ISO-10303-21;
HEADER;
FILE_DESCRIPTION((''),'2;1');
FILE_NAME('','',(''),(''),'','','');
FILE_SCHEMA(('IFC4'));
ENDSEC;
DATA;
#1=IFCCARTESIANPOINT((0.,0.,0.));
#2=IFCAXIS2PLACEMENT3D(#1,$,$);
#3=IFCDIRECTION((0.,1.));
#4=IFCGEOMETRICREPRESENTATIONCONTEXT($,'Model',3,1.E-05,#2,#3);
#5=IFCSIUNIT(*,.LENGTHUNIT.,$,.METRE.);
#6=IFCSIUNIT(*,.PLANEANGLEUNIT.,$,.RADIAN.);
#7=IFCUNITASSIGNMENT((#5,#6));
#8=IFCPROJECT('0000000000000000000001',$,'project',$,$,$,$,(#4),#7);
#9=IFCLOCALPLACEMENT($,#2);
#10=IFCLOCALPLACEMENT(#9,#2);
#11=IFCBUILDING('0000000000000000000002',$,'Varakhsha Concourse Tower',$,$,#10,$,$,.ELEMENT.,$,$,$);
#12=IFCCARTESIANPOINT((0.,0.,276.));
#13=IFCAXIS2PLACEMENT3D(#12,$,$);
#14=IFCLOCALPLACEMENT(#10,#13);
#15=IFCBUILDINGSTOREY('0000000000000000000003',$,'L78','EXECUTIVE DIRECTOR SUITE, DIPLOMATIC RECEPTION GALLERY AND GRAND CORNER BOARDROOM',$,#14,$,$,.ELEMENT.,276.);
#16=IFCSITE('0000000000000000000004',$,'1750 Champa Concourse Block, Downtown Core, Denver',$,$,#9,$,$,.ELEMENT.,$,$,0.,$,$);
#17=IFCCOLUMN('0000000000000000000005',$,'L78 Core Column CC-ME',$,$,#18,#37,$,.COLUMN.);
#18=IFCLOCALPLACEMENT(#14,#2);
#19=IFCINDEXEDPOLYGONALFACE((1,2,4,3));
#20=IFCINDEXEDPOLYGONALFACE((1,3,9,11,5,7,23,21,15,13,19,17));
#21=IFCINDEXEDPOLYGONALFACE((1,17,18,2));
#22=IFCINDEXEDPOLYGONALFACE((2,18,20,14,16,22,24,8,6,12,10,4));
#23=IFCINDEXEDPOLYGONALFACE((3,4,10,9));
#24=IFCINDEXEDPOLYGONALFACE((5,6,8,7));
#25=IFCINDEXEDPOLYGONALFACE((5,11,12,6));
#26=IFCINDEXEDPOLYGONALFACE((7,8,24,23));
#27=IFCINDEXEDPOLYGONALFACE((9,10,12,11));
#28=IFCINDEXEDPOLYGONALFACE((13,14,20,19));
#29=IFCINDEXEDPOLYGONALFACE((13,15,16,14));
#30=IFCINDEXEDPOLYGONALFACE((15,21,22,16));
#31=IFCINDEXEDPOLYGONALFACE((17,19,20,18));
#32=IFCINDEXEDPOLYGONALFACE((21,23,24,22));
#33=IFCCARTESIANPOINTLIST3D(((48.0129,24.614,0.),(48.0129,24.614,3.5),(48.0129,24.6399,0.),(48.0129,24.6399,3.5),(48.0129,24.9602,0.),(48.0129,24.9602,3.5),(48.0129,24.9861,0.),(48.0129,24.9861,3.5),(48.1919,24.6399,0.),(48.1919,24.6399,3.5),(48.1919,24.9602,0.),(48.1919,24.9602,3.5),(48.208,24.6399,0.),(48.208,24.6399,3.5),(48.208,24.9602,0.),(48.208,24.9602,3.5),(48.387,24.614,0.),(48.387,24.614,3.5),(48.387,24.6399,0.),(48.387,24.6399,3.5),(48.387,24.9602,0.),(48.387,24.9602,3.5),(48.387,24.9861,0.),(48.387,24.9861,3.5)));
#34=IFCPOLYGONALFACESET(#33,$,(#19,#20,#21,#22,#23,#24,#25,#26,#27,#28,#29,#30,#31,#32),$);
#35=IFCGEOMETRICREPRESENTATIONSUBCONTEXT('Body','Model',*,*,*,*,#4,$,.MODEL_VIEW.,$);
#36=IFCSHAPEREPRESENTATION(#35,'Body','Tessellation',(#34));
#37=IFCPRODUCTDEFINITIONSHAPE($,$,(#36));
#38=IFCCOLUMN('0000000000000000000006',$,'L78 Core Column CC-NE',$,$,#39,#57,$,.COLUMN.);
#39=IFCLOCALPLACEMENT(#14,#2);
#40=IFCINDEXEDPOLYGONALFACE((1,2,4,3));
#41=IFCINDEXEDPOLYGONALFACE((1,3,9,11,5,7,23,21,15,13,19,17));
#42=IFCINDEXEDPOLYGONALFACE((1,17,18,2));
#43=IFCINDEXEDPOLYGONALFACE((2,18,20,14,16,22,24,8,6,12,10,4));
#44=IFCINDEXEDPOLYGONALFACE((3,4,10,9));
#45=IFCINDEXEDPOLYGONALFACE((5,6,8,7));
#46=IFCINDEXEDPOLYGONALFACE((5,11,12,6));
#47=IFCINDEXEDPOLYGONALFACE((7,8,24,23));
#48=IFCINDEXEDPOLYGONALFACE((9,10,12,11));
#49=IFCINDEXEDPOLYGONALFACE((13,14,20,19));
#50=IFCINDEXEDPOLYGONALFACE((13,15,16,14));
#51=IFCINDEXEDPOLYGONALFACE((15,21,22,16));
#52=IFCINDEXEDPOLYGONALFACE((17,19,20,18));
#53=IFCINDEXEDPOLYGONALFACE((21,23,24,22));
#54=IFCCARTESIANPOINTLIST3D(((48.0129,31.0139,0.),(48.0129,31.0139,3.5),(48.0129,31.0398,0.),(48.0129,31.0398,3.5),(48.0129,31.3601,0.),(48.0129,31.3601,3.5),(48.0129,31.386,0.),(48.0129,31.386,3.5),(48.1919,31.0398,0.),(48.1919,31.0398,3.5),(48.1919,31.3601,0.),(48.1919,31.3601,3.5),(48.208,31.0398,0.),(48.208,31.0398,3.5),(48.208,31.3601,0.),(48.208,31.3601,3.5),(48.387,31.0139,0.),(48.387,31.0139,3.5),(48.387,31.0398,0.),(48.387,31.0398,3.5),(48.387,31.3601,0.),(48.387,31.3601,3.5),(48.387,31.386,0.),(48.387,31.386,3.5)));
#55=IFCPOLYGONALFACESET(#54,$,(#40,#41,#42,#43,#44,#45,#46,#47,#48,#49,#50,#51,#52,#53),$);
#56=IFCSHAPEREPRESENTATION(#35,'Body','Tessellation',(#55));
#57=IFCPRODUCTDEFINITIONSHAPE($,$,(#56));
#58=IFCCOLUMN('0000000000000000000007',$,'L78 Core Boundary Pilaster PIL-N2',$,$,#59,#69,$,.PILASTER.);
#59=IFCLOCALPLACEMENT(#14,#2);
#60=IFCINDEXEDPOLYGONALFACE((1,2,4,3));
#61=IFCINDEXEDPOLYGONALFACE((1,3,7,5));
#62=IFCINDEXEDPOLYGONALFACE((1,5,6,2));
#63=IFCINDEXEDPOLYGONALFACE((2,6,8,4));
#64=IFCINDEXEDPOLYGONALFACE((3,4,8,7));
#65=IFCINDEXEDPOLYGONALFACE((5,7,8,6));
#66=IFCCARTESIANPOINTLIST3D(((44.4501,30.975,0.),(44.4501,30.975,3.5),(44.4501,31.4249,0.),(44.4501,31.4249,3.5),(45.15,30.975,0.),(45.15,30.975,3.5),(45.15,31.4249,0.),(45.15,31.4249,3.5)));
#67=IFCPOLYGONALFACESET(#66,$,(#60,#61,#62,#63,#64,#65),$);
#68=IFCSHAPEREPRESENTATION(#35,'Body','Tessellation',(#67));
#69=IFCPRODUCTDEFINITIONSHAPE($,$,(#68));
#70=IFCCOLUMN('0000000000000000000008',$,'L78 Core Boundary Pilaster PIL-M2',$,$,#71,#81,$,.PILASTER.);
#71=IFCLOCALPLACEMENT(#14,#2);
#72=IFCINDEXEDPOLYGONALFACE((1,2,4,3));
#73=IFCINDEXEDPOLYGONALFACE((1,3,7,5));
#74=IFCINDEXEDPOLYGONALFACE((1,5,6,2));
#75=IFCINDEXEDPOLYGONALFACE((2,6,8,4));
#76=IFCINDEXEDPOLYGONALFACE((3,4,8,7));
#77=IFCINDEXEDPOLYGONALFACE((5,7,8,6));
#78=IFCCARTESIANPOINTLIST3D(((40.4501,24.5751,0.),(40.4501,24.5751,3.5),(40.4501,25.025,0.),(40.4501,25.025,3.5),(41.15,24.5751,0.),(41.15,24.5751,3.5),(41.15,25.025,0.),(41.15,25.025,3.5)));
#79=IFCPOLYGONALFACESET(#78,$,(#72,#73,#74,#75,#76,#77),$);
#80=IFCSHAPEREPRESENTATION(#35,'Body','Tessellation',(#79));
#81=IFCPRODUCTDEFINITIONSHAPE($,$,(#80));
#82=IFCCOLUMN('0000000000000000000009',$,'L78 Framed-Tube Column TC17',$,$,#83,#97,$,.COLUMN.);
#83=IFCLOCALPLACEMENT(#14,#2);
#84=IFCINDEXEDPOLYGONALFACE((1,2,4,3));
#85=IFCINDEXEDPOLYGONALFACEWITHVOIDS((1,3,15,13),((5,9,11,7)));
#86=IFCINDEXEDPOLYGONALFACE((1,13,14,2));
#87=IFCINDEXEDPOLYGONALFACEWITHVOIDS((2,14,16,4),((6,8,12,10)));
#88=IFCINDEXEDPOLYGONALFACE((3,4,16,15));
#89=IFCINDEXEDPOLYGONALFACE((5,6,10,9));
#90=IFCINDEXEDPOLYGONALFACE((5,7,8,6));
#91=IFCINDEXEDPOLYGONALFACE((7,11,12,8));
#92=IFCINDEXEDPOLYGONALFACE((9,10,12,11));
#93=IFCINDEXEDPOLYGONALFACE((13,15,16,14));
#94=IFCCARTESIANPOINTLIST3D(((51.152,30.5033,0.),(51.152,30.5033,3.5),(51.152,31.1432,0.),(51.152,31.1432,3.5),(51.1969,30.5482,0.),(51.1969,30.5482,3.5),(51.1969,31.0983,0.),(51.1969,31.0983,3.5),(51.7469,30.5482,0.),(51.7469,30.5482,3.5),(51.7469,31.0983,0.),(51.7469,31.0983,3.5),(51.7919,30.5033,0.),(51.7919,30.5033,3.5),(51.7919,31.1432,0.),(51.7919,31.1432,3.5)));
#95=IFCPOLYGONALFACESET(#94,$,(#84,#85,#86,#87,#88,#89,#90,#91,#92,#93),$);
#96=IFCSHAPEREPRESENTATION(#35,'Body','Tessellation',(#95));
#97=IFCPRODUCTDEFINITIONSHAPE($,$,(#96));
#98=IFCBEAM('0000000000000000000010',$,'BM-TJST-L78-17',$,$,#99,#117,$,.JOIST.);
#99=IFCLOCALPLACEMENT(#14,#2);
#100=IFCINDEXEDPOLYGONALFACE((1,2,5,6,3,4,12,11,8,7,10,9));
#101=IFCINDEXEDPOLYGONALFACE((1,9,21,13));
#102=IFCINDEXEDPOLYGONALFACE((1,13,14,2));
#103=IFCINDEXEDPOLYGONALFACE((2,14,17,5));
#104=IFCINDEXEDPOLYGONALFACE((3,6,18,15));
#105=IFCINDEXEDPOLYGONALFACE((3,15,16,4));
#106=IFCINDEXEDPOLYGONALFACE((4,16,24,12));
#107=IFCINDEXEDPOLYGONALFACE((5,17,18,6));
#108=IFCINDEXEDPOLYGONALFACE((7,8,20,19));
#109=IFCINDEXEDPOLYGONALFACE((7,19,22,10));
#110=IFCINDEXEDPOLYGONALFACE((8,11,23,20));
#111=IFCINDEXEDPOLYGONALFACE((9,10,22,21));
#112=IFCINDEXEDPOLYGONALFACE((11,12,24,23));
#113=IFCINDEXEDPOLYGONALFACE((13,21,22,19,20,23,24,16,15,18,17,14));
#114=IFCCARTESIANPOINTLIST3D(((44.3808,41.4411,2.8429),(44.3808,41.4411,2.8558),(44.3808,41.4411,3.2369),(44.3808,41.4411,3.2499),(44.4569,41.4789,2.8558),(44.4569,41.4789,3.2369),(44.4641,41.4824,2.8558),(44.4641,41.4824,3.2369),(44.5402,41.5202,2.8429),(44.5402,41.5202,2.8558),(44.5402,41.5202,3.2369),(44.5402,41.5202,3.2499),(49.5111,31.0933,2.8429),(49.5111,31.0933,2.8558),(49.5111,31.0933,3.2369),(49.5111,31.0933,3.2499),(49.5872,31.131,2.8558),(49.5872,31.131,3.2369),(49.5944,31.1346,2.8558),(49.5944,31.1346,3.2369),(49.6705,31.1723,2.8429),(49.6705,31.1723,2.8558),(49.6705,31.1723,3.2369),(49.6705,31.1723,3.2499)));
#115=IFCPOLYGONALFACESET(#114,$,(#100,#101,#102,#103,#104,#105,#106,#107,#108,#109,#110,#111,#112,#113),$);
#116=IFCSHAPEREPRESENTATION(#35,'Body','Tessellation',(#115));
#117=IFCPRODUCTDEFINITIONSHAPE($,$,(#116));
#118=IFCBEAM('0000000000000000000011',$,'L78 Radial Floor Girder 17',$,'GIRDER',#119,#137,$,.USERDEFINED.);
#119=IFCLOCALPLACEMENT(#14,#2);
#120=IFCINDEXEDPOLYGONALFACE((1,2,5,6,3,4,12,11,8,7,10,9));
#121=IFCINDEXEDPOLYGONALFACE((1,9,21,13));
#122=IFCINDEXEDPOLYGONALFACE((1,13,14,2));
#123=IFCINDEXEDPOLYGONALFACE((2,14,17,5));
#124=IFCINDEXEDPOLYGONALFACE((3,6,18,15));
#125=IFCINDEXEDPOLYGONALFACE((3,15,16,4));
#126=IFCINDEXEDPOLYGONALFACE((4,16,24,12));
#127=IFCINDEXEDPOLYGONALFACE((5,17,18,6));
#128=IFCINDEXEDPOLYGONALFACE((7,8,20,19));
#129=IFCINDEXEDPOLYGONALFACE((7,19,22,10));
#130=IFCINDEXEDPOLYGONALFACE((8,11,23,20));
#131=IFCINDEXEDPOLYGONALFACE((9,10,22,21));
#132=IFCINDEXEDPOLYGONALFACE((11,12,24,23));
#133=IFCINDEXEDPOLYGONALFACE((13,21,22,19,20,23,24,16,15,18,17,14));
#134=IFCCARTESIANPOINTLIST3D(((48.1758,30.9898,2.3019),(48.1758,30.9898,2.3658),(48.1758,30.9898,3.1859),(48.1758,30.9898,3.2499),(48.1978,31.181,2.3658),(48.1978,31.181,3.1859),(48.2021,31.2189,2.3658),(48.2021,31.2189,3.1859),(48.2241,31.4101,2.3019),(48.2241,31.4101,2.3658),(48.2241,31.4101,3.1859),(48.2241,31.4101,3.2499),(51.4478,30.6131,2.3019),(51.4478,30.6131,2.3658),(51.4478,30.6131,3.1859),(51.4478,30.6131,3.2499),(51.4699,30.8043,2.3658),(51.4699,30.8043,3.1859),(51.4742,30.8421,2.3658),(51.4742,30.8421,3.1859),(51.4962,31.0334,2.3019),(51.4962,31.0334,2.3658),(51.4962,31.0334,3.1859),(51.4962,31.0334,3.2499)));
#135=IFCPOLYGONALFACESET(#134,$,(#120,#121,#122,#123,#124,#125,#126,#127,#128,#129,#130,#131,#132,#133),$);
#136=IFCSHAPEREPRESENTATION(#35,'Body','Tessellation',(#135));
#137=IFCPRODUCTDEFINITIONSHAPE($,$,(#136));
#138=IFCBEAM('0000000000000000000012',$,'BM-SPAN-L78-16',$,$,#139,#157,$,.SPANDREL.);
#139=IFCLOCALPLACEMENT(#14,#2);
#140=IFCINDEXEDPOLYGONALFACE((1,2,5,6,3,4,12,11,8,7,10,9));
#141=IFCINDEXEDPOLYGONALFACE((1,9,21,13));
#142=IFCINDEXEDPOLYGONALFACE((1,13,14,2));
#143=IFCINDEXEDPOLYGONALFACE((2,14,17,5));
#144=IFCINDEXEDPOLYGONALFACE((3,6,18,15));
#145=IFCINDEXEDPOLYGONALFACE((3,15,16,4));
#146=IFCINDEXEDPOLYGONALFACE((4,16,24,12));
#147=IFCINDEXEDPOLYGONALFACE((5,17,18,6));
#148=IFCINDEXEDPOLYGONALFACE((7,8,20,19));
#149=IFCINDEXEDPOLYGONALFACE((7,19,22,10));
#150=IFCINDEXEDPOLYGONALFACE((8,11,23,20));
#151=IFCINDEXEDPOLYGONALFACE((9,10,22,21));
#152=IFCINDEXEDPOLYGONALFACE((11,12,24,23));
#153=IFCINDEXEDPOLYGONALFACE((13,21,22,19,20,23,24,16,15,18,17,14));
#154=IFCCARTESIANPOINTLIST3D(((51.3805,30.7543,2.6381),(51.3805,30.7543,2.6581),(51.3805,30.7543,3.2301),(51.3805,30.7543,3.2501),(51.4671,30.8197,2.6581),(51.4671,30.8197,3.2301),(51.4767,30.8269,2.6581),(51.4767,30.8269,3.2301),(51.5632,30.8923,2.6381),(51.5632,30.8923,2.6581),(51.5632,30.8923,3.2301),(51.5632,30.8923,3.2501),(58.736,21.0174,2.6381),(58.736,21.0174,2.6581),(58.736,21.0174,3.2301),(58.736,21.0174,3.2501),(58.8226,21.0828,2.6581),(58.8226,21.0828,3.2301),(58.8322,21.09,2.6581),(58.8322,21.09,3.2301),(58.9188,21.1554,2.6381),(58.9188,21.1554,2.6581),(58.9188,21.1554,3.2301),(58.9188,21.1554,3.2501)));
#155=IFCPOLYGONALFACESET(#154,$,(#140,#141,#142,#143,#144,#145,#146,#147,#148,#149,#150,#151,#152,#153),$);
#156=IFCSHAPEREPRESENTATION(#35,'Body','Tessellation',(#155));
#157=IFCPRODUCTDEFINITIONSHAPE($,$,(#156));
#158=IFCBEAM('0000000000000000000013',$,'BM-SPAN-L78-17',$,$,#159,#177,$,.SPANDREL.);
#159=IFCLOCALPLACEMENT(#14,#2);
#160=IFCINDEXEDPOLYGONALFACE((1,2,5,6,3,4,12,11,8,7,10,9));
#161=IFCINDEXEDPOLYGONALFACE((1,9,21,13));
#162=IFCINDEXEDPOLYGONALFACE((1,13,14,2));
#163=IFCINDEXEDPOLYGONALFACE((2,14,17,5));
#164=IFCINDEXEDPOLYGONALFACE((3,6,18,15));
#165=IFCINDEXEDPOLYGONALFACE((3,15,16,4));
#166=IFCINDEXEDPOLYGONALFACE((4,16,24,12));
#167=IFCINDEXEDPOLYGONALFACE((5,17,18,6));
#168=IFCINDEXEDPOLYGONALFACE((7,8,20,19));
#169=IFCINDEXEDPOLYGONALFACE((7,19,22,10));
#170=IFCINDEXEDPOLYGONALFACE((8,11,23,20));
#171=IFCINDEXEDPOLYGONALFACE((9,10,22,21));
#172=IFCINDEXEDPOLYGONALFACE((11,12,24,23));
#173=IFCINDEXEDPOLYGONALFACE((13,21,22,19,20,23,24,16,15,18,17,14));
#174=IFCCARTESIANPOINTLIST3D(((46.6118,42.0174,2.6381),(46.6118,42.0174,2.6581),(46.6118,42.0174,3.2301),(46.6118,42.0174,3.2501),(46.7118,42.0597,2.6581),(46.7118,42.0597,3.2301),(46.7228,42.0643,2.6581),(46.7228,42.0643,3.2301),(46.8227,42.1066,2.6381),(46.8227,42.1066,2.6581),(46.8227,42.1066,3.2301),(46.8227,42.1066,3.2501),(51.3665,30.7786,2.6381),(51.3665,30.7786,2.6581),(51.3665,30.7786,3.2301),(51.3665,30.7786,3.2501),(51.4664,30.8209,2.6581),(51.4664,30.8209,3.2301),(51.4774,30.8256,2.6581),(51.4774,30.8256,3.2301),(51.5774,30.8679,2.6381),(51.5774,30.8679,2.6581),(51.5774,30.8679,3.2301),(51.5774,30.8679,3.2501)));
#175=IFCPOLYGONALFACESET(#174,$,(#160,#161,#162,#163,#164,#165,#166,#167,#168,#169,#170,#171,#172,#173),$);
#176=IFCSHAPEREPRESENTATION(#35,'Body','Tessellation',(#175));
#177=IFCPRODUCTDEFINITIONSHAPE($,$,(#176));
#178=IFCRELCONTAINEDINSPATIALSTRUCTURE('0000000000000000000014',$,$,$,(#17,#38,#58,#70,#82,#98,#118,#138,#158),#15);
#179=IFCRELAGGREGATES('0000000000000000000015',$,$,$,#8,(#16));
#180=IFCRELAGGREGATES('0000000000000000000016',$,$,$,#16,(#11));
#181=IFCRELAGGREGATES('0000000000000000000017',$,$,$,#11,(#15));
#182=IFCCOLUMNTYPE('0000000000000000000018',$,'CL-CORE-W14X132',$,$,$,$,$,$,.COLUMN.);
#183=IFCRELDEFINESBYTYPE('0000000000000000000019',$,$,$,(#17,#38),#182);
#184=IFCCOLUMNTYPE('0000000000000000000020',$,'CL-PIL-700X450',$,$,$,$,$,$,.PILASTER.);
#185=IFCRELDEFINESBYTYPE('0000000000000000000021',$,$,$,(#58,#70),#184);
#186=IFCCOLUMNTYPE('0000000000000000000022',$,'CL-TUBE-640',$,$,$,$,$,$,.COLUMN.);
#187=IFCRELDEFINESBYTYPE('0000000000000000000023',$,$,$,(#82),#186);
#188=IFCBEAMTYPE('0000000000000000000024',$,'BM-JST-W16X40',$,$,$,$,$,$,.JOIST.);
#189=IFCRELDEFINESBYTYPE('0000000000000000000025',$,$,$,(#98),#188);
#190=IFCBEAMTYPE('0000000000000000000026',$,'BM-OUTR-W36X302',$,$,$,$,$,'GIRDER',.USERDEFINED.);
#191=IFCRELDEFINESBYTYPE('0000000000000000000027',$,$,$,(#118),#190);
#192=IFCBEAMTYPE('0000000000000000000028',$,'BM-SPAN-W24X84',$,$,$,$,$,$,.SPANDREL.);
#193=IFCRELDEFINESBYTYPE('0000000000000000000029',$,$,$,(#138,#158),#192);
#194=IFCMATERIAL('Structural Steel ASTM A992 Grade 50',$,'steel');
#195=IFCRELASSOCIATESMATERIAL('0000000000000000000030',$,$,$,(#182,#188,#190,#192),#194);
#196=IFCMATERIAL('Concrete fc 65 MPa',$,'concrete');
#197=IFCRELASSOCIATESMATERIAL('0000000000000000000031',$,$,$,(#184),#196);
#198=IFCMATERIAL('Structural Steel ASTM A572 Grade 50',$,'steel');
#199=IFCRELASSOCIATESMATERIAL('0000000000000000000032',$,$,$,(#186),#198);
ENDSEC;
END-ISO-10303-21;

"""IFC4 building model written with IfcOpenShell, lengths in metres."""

from ifc_helpers import new_model, si_unit, direction, frame, origin, origin_2d, place, context, subcontext, project, spatial, rectangle, hollow_rectangle, i_section, extrude, material, material_profile, profile_set, type_object, element, save


model = new_model("IFC4")

# Units and contexts
model_context = context("Model", 3, precision=1e-05, world=origin(), true_north=direction((0.0, 1.0)))
body_context = subcontext(model_context, "Body", "Model", "MODEL_VIEW")
ifc_project = project(units=[si_unit("LENGTHUNIT", "METRE"), si_unit("PLANEANGLEUNIT", "RADIAN")], contexts=[model_context])

# Site, building, storey
site_placement = place(None, origin())
site = spatial("IfcSite", under=ifc_project, at=site_placement, Name="1750 Champa Concourse Block, Downtown Core, Denver", CompositionType="ELEMENT", RefElevation=0.0)
building_placement = place(site_placement, origin())
building = spatial("IfcBuilding", under=site, at=building_placement, Name="Varakhsha Concourse Tower", CompositionType="ELEMENT")
storey_placement = place(building_placement, frame((0.0, 0.0, 276.0)))
storey = spatial("IfcBuildingStorey", under=building, at=storey_placement, Name="L78", Description="EXECUTIVE DIRECTOR SUITE, DIPLOMATIC RECEPTION GALLERY AND GRAND CORNER BOARDROOM", CompositionType="ELEMENT", Elevation=276.0)

# Columns
ifc_material_1 = material(Name="Structural Steel ASTM A992 Grade 50", Category="steel")
ifc_material_profile_1 = material_profile(ifc_material_1, i_section(OverallWidth=0.374, OverallDepth=0.3721, WebThickness=0.0161, FlangeThickness=0.0259, at=origin_2d()), Name="W14X132")
ifc_profile_set_1 = profile_set([ifc_material_profile_1], Name="Structural Steel ASTM A992 Grade 50")
column_type_1 = type_object("IfcColumnType", Name="CL-CORE-W14X132", PredefinedType="COLUMN", material=ifc_profile_set_1)
for number, where, z_axis, x_axis, name in (
    (1, (48.2, 24.8, 0.0), (0.0, 0.0, 1.0), (1.0, 0.0, 0.0), "L78 Core Column CC-ME"),
    (2, (48.2, 31.2, 0.0), (0.0, 0.0, 1.0), (1.0, 0.0, 0.0), "L78 Core Column CC-NE"),
):
    element("IfcColumn", number, at=place(storey_placement, frame(where, z_axis=z_axis, x_axis=x_axis)), inside=storey, type_object=column_type_1, Name=name, PredefinedType="COLUMN", context=body_context, shape_type="SweptSolid", body=[
        extrude(i_section(OverallWidth=0.374, OverallDepth=0.3721, WebThickness=0.0161, FlangeThickness=0.0259, at=origin_2d()), origin(), (0.0, 0.0, 1.0), 3.5),
    ])
ifc_material_2 = material(Name="Concrete fc 65 MPa", Category="concrete")
ifc_material_profile_2 = material_profile(ifc_material_2, rectangle(XDim=0.7, YDim=0.45, at=origin_2d()), Name="RC 700x450")
ifc_profile_set_2 = profile_set([ifc_material_profile_2], Name="Concrete fc 65 MPa")
column_type_2 = type_object("IfcColumnType", Name="CL-PIL-700X450", PredefinedType="PILASTER", material=ifc_profile_set_2)
for number, where, z_axis, x_axis, name in (
    (3, (44.8, 31.2, 0.0), (0.0, 0.0, 1.0), (1.0, 0.0, 0.0), "L78 Core Boundary Pilaster PIL-N2"),
    (4, (40.8, 24.8, 0.0), (0.0, 0.0, 1.0), (1.0, 0.0, 0.0), "L78 Core Boundary Pilaster PIL-M2"),
):
    element("IfcColumn", number, at=place(storey_placement, frame(where, z_axis=z_axis, x_axis=x_axis)), inside=storey, type_object=column_type_2, Name=name, PredefinedType="PILASTER", context=body_context, shape_type="SweptSolid", body=[
        extrude(rectangle(XDim=0.7, YDim=0.45, at=origin_2d()), origin(), (0.0, 0.0, 1.0), 3.5),
    ])
ifc_material_3 = material(Name="Structural Steel ASTM A572 Grade 50", Category="steel")
ifc_material_profile_3 = material_profile(ifc_material_3, hollow_rectangle(XDim=0.6399, YDim=0.6399, WallThickness=0.0449, at=origin_2d()), Name="BOX 640x640x45")
ifc_profile_set_3 = profile_set([ifc_material_profile_3], Name="Structural Steel ASTM A572 Grade 50")
column_type_3 = type_object("IfcColumnType", Name="CL-TUBE-640", PredefinedType="COLUMN", material=ifc_profile_set_3)
column_placement = place(storey_placement, frame((51.4719, 30.8232, 0.0), z_axis=(0.0, 0.0, 1.0), x_axis=(1.0, 0.0, 0.0)))
element("IfcColumn", 5, at=column_placement, inside=storey, type_object=column_type_3, Name="L78 Framed-Tube Column TC17", PredefinedType="COLUMN", context=body_context, shape_type="SweptSolid", body=[
    extrude(hollow_rectangle(XDim=0.6399, YDim=0.6399, WallThickness=0.0449, at=origin_2d()), origin(), (0.0, 0.0, 1.0), 3.5),
])

# Beams
ifc_material_profile_4 = material_profile(ifc_material_1, i_section(OverallWidth=0.178, OverallDepth=0.407, WebThickness=0.0081, FlangeThickness=0.0129, at=origin_2d()), Name="W16X40")
ifc_profile_set_4 = profile_set([ifc_material_profile_4], Name="Structural Steel ASTM A992 Grade 50")
beam_type_1 = type_object("IfcBeamType", Name="BM-JST-W16X40", PredefinedType="JOIST", material=ifc_profile_set_4)
beam_1_placement = place(storey_placement, frame((49.5908, 31.1328, 3.0464), z_axis=(-0.444193, 0.895931, 0.0), x_axis=(-0.895931, -0.444193, 0.0)))
element("IfcBeam", 6, at=beam_1_placement, inside=storey, type_object=beam_type_1, Name="BM-TJST-L78-17", PredefinedType="JOIST", context=body_context, shape_type="SweptSolid", body=[
    extrude(i_section(OverallWidth=0.178, OverallDepth=0.407, WebThickness=0.0081, FlangeThickness=0.0129, at=origin_2d()), origin(), (0.0, 0.0, 1.0), 11.5498),
])
ifc_material_profile_5 = material_profile(ifc_material_1, i_section(OverallWidth=0.4231, OverallDepth=0.948, WebThickness=0.0381, FlangeThickness=0.064, at=origin_2d()), Name="W36X302")
ifc_profile_set_5 = profile_set([ifc_material_profile_5], Name="Structural Steel ASTM A992 Grade 50")
beam_type_2 = type_object("IfcBeamType", Name="BM-OUTR-W36X302", ElementType="GIRDER", PredefinedType="USERDEFINED", material=ifc_profile_set_5)
beam_2_placement = place(storey_placement, frame((48.2, 31.2, 2.7759), z_axis=(0.993437, -0.114377, 0.0), x_axis=(0.114377, 0.993437, 0.0)))
element("IfcBeam", 7, at=beam_2_placement, inside=storey, type_object=beam_type_2, Name="L78 Radial Floor Girder 17", ObjectType="GIRDER", PredefinedType="USERDEFINED", context=body_context, shape_type="SweptSolid", body=[
    extrude(i_section(OverallWidth=0.4231, OverallDepth=0.948, WebThickness=0.0381, FlangeThickness=0.064, at=origin_2d()), origin(), (0.0, 0.0, 1.0), 3.2937),
])
ifc_material_profile_6 = material_profile(ifc_material_1, i_section(OverallWidth=0.229, OverallDepth=0.6121, WebThickness=0.012, FlangeThickness=0.02, at=origin_2d()), Name="W24X84")
ifc_profile_set_6 = profile_set([ifc_material_profile_6], Name="Structural Steel ASTM A992 Grade 50")
beam_type_3 = type_object("IfcBeamType", Name="BM-SPAN-W24X84", PredefinedType="SPANDREL", material=ifc_profile_set_6)
beam_3_placement = place(storey_placement, frame((58.8274, 21.0864, 2.9441), z_axis=(-0.602769, 0.797916, 0.0), x_axis=(-0.797916, -0.602769, 0.0)))
element("IfcBeam", 8, at=beam_3_placement, inside=storey, type_object=beam_type_3, Name="BM-SPAN-L78-16", PredefinedType="SPANDREL", context=body_context, shape_type="SweptSolid", body=[
    extrude(i_section(OverallWidth=0.229, OverallDepth=0.6121, WebThickness=0.012, FlangeThickness=0.02, at=origin_2d()), origin(), (0.0, 0.0, 1.0), 12.2029),
])
beam_4_placement = place(storey_placement, frame((51.4719, 30.8232, 2.9441), z_axis=(-0.389624, 0.920974, 0.0), x_axis=(-0.920974, -0.389624, 0.0)))
element("IfcBeam", 9, at=beam_4_placement, inside=storey, type_object=beam_type_3, Name="BM-SPAN-L78-17", PredefinedType="SPANDREL", context=body_context, shape_type="SweptSolid", body=[
    extrude(i_section(OverallWidth=0.229, OverallDepth=0.6121, WebThickness=0.012, FlangeThickness=0.02, at=origin_2d()), origin(), (0.0, 0.0, 1.0), 12.2031),
])

save(model, "model.ifc")
